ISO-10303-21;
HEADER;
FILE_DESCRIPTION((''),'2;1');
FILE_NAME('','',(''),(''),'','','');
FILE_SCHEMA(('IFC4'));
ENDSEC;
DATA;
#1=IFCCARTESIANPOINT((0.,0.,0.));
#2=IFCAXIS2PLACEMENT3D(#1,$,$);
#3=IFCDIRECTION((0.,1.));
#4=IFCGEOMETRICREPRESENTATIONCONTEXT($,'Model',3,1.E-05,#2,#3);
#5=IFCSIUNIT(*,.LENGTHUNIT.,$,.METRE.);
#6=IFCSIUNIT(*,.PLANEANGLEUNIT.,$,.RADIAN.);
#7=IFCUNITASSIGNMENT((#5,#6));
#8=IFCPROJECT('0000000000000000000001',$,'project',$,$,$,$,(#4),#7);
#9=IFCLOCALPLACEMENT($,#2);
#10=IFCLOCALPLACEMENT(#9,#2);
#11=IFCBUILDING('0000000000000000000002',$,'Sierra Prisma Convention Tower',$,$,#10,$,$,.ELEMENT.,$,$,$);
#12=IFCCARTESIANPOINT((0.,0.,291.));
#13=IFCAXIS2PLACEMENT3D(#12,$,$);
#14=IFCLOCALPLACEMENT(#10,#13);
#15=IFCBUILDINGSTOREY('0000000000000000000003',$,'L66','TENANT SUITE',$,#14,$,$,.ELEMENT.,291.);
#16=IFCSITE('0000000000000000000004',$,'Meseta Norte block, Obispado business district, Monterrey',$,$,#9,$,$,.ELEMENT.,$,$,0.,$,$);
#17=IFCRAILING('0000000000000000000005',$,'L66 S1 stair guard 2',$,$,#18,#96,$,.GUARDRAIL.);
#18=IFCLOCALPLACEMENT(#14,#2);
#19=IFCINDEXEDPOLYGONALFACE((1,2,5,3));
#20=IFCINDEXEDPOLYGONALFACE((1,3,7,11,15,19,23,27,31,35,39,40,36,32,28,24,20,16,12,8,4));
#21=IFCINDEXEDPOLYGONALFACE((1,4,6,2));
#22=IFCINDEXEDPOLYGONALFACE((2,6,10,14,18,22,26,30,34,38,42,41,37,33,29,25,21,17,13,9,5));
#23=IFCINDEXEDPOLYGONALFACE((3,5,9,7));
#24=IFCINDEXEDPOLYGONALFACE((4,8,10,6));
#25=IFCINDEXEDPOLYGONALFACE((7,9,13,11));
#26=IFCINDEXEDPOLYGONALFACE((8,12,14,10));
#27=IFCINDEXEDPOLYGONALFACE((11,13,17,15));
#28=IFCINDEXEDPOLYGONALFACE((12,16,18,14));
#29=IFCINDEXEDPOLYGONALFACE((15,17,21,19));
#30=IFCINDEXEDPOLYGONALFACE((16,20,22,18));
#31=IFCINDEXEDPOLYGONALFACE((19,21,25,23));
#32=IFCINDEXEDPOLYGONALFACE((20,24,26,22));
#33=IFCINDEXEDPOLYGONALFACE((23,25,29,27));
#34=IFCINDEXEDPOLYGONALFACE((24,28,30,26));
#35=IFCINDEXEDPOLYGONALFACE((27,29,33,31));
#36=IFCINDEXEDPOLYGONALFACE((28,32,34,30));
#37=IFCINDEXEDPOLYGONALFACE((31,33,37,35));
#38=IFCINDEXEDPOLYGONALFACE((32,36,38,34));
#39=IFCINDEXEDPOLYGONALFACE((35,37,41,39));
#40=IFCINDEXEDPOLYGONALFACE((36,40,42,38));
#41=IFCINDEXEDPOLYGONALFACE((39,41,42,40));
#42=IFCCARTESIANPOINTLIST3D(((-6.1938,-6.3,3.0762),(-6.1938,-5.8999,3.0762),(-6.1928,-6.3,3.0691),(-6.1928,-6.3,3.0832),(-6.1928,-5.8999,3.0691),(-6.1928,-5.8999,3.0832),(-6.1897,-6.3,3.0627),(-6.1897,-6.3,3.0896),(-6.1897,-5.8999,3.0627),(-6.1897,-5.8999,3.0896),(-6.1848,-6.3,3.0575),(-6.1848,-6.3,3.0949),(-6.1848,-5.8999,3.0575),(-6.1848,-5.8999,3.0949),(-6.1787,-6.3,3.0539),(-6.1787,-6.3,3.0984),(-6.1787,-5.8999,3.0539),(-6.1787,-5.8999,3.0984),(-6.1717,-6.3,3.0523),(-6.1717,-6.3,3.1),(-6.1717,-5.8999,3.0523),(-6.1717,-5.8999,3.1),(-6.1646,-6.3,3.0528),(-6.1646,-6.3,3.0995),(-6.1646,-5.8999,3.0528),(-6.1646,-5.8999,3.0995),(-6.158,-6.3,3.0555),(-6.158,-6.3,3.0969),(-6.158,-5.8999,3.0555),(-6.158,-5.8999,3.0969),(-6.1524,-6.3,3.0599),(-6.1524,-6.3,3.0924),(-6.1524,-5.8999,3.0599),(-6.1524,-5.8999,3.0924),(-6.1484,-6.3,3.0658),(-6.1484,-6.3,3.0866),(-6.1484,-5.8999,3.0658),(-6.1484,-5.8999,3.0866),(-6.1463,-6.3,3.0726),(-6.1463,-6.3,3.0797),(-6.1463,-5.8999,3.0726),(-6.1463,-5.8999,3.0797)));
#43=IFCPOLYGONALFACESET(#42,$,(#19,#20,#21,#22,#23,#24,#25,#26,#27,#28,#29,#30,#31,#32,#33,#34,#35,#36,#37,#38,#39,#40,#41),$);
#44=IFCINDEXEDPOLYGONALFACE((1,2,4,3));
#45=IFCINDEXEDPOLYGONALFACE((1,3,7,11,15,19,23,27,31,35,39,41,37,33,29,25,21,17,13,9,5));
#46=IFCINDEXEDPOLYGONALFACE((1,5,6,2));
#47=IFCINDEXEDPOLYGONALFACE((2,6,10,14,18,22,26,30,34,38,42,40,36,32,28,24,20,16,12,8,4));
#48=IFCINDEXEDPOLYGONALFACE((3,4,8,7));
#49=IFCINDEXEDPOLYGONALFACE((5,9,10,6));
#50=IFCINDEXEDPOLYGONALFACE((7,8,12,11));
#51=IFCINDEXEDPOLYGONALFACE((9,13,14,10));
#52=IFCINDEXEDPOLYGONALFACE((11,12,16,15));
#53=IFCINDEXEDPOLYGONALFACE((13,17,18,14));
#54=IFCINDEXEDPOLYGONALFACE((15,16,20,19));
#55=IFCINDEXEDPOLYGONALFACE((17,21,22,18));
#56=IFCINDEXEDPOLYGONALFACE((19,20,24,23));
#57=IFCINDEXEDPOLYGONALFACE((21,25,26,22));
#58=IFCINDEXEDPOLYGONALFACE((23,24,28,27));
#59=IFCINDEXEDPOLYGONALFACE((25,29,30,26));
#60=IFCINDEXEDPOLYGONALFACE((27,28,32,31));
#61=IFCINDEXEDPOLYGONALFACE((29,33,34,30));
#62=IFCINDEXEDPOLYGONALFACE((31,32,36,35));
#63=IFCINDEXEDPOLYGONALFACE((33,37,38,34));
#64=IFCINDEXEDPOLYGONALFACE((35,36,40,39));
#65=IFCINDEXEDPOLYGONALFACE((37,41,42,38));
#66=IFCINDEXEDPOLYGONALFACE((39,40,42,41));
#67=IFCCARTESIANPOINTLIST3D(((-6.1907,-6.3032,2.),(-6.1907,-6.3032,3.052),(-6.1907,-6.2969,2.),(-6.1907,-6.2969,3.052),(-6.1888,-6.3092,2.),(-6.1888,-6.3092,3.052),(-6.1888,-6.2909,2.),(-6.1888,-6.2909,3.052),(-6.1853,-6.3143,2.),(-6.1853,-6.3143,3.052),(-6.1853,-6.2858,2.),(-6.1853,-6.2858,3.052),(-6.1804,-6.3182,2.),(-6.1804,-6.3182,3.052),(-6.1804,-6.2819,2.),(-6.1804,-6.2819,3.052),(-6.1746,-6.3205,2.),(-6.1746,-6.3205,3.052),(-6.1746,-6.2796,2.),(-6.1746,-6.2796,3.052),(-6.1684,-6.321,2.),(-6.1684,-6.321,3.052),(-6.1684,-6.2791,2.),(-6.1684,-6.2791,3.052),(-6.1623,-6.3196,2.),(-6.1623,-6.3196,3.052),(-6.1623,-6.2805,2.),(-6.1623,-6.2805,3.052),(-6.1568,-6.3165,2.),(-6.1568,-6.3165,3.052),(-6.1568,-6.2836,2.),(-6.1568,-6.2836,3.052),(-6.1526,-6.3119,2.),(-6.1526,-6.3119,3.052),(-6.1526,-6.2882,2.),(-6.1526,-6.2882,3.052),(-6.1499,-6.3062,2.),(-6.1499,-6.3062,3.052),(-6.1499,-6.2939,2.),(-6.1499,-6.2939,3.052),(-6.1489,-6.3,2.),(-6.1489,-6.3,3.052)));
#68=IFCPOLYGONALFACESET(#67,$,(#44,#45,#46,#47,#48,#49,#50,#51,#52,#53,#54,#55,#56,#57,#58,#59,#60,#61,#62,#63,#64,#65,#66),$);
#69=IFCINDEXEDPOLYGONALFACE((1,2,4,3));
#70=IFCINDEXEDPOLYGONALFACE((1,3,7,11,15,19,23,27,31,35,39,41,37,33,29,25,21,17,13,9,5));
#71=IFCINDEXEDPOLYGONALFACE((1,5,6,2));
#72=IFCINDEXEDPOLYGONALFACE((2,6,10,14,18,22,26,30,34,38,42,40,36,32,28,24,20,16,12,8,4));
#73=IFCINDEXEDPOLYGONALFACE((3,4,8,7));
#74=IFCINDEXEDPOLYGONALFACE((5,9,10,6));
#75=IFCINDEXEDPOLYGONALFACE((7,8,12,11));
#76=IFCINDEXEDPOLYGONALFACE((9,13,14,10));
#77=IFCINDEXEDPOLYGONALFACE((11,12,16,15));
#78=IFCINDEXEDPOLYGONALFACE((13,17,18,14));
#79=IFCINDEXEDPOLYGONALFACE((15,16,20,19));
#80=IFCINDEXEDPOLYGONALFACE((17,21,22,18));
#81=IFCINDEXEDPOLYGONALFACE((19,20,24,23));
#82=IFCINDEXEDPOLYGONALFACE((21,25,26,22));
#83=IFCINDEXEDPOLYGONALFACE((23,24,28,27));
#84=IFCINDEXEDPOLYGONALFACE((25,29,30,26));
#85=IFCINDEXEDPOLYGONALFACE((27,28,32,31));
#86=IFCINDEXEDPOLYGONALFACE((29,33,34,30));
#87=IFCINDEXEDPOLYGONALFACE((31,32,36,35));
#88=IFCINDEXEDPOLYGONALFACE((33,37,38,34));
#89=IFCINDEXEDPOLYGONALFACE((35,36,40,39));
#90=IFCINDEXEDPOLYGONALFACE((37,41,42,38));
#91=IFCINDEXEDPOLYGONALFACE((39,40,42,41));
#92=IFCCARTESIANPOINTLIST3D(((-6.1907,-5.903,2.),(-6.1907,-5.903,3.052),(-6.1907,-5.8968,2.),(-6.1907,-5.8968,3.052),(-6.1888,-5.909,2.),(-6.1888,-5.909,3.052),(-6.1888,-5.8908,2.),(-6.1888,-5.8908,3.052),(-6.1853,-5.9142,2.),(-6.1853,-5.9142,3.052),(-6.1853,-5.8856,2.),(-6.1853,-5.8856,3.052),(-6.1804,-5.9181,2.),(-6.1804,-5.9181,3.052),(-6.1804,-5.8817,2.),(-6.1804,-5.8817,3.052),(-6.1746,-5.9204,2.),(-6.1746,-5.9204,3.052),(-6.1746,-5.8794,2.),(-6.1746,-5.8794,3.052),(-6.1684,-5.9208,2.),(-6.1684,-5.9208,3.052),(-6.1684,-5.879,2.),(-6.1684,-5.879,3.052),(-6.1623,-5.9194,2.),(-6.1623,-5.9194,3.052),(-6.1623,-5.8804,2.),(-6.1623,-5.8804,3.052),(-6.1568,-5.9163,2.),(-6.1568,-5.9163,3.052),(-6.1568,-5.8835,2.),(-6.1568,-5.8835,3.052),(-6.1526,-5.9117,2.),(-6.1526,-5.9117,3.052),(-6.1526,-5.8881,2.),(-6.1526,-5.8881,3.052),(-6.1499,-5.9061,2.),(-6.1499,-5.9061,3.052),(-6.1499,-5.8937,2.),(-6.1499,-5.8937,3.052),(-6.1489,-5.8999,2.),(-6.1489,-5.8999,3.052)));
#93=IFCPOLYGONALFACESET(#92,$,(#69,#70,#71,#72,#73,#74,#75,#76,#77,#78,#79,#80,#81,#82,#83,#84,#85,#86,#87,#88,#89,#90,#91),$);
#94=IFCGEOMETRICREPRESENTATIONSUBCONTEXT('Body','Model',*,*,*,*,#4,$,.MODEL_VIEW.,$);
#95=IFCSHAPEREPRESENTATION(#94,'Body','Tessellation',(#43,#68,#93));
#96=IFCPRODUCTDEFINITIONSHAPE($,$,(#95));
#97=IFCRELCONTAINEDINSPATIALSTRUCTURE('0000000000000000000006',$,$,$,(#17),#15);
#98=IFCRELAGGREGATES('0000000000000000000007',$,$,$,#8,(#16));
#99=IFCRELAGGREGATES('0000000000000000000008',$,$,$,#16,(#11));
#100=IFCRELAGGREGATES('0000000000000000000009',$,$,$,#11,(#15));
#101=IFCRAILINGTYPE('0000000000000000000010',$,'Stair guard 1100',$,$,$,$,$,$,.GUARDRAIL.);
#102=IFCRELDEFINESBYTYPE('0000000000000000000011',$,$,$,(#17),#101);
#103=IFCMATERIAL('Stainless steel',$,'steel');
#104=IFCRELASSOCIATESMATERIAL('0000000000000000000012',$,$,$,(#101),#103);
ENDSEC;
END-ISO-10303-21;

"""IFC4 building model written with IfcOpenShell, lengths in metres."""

from ifc_helpers import new_model, si_unit, direction, frame, origin, origin_2d, place, context, subcontext, project, spatial, circle, extrude, material, type_object, element, save


model = new_model("IFC4")

# Units and contexts
model_context = context("Model", 3, precision=1e-05, world=origin(), true_north=direction((0.0, 1.0)))
body_context = subcontext(model_context, "Body", "Model", "MODEL_VIEW")
ifc_project = project(units=[si_unit("LENGTHUNIT", "METRE"), si_unit("PLANEANGLEUNIT", "RADIAN")], contexts=[model_context])

# Site, building, storey
site_placement = place(None, origin())
site = spatial("IfcSite", under=ifc_project, at=site_placement, Name="Meseta Norte block, Obispado business district, Monterrey", CompositionType="ELEMENT", RefElevation=0.0)
building_placement = place(site_placement, origin())
building = spatial("IfcBuilding", under=site, at=building_placement, Name="Sierra Prisma Convention Tower", CompositionType="ELEMENT")
storey_placement = place(building_placement, frame((0.0, 0.0, 291.0)))
storey = spatial("IfcBuildingStorey", under=building, at=storey_placement, Name="L66", Description="TENANT SUITE", CompositionType="ELEMENT", Elevation=291.0)

# Railing
ifc_material_1 = material(Name="Stainless steel", Category="steel")
railing_type_1 = type_object("IfcRailingType", Name="Stair guard 1100", PredefinedType="GUARDRAIL", material=ifc_material_1)
railing_1_placement = place(storey_placement, frame((-6.1699, -6.3, 2.0)))
element("IfcRailing", 1, at=railing_1_placement, inside=storey, type_object=railing_type_1, Name="L66 S1 stair guard 2", PredefinedType="GUARDRAIL", context=body_context, shape_type="SweptSolid", body=[
    extrude(circle(Radius=0.0239, at=origin_2d()), frame((0.0, 0.0, 1.0762), z_axis=(0.0, 1.0, 0.0), x_axis=(-1.0, 0.0, 0.0)), (0.0, 0.0, 1.0), 0.4001),
    extrude(circle(Radius=0.021, at=origin_2d()), origin(), (0.0, 0.0, 1.0), 1.052),
    extrude(circle(Radius=0.021, at=origin_2d()), frame((0.0, 0.4001, 0.0)), (0.0, 0.0, 1.0), 1.052),
])

save(model, "model.ifc")
